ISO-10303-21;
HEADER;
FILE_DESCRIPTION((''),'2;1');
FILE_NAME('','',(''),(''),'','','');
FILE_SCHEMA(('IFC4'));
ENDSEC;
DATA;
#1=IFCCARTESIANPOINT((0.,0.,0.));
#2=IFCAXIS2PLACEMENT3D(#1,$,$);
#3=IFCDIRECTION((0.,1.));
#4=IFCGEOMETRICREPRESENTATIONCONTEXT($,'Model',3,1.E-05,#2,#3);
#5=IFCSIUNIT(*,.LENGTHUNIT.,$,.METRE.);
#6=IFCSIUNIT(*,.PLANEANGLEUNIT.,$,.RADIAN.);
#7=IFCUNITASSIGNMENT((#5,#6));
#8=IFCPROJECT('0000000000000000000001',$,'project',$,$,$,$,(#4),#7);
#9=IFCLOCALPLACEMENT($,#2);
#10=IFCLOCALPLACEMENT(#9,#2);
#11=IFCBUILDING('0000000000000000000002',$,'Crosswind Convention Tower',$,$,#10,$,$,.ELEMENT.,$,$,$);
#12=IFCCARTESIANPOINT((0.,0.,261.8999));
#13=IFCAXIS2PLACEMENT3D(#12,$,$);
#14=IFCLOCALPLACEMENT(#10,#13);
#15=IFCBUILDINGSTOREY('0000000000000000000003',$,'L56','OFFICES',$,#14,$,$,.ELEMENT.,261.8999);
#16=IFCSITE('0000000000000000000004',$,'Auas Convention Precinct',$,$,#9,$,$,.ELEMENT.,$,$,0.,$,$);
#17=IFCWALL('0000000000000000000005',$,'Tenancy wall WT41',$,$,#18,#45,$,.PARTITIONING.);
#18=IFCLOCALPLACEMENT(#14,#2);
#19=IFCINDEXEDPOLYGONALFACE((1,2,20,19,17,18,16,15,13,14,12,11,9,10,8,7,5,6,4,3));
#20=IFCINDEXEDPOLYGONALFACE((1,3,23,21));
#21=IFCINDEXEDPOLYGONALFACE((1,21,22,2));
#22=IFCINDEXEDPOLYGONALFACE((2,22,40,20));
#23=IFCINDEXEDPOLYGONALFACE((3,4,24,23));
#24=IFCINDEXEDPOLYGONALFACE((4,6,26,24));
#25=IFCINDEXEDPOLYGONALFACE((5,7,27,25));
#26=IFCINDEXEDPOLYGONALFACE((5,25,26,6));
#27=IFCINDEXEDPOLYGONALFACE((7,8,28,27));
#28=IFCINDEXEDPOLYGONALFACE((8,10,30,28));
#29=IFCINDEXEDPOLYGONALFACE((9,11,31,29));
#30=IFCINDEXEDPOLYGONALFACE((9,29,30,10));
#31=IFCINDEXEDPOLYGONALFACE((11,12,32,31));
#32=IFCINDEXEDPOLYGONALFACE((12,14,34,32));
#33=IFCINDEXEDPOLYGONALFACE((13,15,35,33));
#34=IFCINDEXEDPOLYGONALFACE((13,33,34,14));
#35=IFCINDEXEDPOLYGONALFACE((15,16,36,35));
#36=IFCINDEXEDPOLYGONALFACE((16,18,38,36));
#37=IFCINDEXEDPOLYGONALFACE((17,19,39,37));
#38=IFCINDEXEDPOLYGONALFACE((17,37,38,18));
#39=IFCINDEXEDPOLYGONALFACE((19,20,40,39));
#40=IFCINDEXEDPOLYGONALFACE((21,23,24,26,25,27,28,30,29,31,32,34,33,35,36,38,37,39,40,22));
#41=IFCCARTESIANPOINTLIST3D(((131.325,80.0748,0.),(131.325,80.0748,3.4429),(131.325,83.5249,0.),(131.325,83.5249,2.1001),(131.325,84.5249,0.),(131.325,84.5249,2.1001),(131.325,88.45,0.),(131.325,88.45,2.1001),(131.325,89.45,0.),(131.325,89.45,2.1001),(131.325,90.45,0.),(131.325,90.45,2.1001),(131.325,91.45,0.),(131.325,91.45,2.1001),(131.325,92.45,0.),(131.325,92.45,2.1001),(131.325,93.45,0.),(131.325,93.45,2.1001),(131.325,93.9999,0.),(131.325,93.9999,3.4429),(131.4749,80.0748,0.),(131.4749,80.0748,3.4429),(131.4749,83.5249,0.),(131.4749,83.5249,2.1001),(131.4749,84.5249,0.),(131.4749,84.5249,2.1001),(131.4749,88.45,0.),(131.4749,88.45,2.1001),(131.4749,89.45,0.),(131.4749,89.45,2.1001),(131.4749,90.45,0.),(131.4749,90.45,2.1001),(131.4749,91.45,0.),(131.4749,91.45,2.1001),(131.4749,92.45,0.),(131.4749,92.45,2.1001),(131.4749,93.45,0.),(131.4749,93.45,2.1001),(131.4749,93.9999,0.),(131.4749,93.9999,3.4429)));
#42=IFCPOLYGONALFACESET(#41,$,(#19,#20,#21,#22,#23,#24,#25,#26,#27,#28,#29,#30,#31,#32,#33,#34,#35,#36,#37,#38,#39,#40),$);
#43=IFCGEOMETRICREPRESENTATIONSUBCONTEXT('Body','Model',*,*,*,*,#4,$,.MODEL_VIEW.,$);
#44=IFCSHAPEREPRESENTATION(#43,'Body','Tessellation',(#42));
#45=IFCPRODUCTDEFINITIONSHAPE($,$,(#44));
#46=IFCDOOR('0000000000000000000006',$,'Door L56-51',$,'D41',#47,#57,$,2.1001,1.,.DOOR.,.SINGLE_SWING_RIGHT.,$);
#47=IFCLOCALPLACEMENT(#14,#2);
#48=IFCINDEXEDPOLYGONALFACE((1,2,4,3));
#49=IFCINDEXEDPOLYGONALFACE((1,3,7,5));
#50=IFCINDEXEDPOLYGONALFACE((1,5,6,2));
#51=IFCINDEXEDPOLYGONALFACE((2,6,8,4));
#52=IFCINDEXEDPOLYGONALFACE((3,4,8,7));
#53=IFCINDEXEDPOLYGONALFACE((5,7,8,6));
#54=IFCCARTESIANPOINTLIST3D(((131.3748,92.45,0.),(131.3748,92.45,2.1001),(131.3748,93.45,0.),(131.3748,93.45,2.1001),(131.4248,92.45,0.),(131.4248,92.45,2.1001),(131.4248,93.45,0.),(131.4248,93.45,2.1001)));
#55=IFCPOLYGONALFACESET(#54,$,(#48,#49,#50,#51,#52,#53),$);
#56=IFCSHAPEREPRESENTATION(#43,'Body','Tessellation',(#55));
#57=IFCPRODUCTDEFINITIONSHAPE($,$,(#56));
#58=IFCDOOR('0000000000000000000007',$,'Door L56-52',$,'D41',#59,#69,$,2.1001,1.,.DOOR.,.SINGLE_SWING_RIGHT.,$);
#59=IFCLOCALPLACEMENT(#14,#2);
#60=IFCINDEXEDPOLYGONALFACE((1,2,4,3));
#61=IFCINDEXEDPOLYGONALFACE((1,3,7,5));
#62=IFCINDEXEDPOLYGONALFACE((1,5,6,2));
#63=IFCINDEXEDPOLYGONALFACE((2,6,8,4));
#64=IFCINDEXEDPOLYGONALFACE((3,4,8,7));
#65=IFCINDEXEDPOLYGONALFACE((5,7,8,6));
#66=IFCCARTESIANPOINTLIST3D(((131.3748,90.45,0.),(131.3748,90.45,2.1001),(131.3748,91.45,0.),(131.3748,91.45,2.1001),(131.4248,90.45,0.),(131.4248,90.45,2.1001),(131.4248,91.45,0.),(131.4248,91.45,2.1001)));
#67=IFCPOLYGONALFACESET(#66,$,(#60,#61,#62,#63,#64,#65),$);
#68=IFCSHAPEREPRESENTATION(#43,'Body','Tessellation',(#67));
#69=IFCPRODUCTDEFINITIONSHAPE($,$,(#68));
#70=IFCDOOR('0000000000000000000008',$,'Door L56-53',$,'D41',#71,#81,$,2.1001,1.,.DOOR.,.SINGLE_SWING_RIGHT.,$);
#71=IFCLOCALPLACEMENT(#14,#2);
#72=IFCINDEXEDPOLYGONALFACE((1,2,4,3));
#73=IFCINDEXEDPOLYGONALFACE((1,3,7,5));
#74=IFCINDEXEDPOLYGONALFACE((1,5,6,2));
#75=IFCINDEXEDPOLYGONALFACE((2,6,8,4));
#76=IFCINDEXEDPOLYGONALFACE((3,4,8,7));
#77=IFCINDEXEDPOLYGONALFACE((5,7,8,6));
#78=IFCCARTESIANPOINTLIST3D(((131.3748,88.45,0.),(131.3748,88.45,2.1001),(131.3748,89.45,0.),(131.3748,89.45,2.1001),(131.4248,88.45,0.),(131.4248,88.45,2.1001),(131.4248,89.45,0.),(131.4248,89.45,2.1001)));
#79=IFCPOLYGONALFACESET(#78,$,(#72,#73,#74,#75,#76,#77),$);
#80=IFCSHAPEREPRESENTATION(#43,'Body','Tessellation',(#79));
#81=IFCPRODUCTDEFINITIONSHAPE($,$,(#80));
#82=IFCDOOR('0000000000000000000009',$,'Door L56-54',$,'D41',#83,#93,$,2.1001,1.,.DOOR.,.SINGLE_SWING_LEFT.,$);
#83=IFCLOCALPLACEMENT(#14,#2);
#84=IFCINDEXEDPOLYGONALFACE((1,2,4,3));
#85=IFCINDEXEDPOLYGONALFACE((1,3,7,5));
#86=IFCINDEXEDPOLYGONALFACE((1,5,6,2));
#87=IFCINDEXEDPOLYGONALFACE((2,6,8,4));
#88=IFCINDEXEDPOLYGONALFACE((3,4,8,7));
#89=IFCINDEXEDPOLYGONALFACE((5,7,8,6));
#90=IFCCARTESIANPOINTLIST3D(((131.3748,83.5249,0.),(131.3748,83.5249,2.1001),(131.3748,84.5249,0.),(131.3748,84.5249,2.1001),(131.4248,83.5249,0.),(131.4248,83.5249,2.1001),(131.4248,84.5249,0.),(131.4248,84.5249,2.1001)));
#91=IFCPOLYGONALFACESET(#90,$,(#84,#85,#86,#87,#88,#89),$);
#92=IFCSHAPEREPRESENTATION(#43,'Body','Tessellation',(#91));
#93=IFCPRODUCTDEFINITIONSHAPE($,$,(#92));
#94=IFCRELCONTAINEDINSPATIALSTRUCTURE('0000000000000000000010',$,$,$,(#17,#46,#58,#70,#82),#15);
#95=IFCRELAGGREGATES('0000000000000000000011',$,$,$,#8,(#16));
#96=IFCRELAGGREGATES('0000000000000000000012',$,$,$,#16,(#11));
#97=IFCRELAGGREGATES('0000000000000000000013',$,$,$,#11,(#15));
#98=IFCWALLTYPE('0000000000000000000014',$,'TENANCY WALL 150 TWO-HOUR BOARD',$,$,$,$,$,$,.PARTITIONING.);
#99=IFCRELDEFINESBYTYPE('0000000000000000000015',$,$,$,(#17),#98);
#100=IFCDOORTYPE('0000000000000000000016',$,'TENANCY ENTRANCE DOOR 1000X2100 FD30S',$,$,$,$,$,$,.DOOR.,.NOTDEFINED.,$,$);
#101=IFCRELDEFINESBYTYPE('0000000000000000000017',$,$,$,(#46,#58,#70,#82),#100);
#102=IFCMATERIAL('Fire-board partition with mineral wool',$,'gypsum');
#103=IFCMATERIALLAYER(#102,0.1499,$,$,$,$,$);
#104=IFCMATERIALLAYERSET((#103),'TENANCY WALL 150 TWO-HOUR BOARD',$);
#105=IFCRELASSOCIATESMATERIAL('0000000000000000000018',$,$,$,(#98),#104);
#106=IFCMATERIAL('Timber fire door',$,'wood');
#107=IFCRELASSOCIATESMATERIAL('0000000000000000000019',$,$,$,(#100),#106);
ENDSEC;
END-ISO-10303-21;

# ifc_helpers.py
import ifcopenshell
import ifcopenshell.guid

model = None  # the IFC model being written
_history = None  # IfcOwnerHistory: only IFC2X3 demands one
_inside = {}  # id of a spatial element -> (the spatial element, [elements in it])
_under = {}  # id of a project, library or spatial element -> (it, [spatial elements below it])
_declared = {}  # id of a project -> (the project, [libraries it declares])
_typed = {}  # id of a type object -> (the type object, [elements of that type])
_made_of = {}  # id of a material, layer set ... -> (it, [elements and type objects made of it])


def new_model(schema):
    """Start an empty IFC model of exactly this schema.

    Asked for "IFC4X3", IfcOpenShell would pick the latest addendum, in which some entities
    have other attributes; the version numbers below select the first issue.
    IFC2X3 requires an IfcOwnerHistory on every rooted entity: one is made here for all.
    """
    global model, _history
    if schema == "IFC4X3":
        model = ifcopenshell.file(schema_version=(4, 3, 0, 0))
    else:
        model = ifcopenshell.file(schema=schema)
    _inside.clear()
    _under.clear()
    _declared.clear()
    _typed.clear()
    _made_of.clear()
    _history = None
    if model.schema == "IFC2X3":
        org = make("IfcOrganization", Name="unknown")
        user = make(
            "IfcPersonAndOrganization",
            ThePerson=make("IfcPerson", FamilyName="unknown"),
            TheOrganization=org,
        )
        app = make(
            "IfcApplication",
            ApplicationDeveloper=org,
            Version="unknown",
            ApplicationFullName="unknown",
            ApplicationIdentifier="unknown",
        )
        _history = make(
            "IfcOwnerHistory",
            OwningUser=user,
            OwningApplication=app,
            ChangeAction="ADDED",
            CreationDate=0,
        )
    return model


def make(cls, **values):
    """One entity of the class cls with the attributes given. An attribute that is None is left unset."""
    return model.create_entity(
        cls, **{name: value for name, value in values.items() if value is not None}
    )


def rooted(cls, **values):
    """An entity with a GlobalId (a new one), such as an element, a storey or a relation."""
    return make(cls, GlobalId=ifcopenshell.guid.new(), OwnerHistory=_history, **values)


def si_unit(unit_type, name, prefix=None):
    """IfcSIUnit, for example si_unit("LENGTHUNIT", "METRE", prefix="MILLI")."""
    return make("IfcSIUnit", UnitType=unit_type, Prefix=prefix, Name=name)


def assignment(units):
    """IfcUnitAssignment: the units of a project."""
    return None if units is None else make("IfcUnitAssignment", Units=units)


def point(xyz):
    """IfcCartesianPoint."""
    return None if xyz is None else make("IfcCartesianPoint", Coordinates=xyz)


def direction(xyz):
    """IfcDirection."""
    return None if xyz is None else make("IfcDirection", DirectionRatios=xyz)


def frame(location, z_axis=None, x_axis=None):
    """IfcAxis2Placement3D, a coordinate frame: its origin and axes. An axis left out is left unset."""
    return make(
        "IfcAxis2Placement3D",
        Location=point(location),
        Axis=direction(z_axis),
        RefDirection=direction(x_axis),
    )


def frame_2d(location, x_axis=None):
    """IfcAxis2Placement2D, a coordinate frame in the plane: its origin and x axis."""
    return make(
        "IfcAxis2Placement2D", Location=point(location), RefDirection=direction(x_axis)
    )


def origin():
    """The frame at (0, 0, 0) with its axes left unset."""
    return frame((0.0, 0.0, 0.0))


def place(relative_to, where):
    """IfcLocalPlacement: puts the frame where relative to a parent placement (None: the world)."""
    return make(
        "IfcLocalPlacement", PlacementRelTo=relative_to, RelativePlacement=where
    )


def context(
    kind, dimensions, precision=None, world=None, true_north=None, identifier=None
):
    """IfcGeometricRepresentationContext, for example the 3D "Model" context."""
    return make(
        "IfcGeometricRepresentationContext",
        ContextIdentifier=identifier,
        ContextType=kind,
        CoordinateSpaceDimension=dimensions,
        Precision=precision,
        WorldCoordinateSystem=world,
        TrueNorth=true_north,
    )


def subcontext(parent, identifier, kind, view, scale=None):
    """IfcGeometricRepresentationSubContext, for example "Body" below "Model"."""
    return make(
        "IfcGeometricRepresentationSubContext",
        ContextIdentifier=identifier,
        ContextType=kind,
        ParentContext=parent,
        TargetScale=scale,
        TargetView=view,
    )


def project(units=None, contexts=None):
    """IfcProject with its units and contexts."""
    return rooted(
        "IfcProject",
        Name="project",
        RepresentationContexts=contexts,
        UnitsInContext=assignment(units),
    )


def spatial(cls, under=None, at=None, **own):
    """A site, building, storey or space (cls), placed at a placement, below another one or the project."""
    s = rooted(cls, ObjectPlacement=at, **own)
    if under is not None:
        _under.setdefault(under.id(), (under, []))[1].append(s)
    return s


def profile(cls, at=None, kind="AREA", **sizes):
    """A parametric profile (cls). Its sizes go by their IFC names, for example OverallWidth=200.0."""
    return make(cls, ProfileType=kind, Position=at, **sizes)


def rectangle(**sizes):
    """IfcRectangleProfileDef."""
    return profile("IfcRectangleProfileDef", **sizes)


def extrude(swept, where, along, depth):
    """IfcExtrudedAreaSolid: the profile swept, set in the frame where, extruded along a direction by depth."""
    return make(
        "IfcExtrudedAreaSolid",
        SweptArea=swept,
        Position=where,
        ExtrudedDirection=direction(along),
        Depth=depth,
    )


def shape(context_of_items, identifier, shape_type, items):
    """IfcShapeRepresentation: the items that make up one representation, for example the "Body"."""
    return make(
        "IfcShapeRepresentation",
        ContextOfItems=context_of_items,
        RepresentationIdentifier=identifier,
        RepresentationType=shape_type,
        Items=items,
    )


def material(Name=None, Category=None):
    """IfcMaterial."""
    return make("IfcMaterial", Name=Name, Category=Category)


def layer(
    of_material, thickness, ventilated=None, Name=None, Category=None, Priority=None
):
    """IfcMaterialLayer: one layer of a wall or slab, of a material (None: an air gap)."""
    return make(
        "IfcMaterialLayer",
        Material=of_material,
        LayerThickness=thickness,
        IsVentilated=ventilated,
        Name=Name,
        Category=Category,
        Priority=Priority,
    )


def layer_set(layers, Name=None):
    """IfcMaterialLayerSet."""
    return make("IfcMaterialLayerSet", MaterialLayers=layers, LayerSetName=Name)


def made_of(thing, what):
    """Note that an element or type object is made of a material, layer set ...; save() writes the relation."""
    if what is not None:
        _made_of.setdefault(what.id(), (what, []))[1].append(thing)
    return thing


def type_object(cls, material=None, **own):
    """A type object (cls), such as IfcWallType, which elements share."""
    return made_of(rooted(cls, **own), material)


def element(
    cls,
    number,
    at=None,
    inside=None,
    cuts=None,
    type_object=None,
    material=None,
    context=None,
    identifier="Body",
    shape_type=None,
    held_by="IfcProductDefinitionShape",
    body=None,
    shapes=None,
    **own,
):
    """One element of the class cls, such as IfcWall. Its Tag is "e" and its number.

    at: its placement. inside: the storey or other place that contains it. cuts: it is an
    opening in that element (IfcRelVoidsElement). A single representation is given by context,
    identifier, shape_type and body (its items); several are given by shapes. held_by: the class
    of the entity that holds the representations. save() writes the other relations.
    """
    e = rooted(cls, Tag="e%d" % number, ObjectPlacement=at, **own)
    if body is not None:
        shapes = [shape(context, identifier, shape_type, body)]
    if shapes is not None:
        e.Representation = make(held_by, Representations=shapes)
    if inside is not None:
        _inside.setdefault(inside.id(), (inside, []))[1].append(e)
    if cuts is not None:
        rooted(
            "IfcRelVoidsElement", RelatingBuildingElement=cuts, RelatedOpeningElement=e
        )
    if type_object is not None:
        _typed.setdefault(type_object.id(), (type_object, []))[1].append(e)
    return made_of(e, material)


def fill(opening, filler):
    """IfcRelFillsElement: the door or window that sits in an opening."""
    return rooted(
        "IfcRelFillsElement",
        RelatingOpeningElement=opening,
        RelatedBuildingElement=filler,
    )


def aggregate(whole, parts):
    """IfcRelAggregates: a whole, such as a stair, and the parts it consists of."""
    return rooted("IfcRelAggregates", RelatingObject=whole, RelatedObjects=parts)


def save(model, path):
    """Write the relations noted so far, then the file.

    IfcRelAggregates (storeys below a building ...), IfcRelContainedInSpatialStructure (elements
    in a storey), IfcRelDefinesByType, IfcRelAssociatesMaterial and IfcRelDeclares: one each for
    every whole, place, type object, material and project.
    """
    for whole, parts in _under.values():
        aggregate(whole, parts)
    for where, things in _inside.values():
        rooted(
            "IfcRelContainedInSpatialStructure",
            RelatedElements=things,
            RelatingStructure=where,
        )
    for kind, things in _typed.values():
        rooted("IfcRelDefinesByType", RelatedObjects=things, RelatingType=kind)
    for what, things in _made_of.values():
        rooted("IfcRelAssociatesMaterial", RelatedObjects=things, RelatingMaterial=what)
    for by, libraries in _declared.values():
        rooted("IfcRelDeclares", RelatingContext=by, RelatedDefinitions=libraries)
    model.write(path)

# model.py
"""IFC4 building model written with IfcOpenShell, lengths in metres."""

from ifc_helpers import new_model, si_unit, direction, frame, frame_2d, origin, place, context, subcontext, project, spatial, rectangle, extrude, material, layer, layer_set, type_object, element, fill, save


model = new_model("IFC4")

# Units and contexts
model_context = context("Model", 3, precision=1e-05, world=origin(), true_north=direction((0.0, 1.0)))
body_context = subcontext(model_context, "Body", "Model", "MODEL_VIEW")
ifc_project = project(units=[si_unit("LENGTHUNIT", "METRE"), si_unit("PLANEANGLEUNIT", "RADIAN")], contexts=[model_context])

# Site, building, storey
site_placement = place(None, origin())
site = spatial("IfcSite", under=ifc_project, at=site_placement, Name="Auas Convention Precinct", CompositionType="ELEMENT", RefElevation=0.0)
building_placement = place(site_placement, origin())
building = spatial("IfcBuilding", under=site, at=building_placement, Name="Crosswind Convention Tower", CompositionType="ELEMENT")
storey_placement = place(building_placement, frame((0.0, 0.0, 261.8999)))
storey = spatial("IfcBuildingStorey", under=building, at=storey_placement, Name="L56", Description="OFFICES", CompositionType="ELEMENT", Elevation=261.8999)

# Wall, openings, doors
ifc_material_1 = material(Name="Fire-board partition with mineral wool", Category="gypsum")
ifc_layer_1 = layer(ifc_material_1, 0.1499)
ifc_layer_set_1 = layer_set([ifc_layer_1], Name="TENANCY WALL 150 TWO-HOUR BOARD")
wall_type_1 = type_object("IfcWallType", Name="TENANCY WALL 150 TWO-HOUR BOARD", PredefinedType="PARTITIONING", material=ifc_layer_set_1)
wall_1_placement = place(storey_placement, frame((131.3999, 80.075, 0.0), z_axis=(0.0, 0.0, 1.0), x_axis=(0.0, 1.0, 0.0)))
wall_1 = element("IfcWall", 1, at=wall_1_placement, inside=storey, type_object=wall_type_1, Name="Tenancy wall WT41", PredefinedType="PARTITIONING", context=body_context, shape_type="SweptSolid", body=[
    extrude(rectangle(XDim=13.925, YDim=0.1499, at=frame_2d((6.9624, 0.0))), origin(), (0.0, 0.0, 1.0), 3.4429),
])
opening_1_placement = place(wall_1_placement, frame((12.375, 0.0, 0.0)))
opening_1 = element("IfcOpeningElement", 2, at=opening_1_placement, cuts=wall_1, PredefinedType="OPENING", context=body_context, shape_type="SweptSolid", body=[
    extrude(rectangle(XDim=1.0, YDim=2.1001, at=frame_2d((0.5, 1.05))), frame((0.0, 0.085, 0.0), z_axis=(0.0, -1.0, 0.0), x_axis=(1.0, 0.0, 0.0)), (0.0, 0.0, 1.0), 0.1699),
])
opening_2_placement = place(wall_1_placement, frame((10.375, 0.0, 0.0)))
opening_2 = element("IfcOpeningElement", 3, at=opening_2_placement, cuts=wall_1, PredefinedType="OPENING", context=body_context, shape_type="SweptSolid", body=[
    extrude(rectangle(XDim=1.0, YDim=2.1001, at=frame_2d((0.5, 1.05))), frame((0.0, 0.085, 0.0), z_axis=(0.0, -1.0, 0.0), x_axis=(1.0, 0.0, 0.0)), (0.0, 0.0, 1.0), 0.1699),
])
opening_3_placement = place(wall_1_placement, frame((8.375, 0.0, 0.0)))
opening_3 = element("IfcOpeningElement", 4, at=opening_3_placement, cuts=wall_1, PredefinedType="OPENING", context=body_context, shape_type="SweptSolid", body=[
    extrude(rectangle(XDim=1.0, YDim=2.1001, at=frame_2d((0.5, 1.05))), frame((0.0, 0.085, 0.0), z_axis=(0.0, -1.0, 0.0), x_axis=(1.0, 0.0, 0.0)), (0.0, 0.0, 1.0), 0.1699),
])
opening_4_placement = place(wall_1_placement, frame((3.45, 0.0, 0.0)))
opening_4 = element("IfcOpeningElement", 5, at=opening_4_placement, cuts=wall_1, PredefinedType="OPENING", context=body_context, shape_type="SweptSolid", body=[
    extrude(rectangle(XDim=1.0, YDim=2.1001, at=frame_2d((0.5, 1.05))), frame((0.0, 0.085, 0.0), z_axis=(0.0, -1.0, 0.0), x_axis=(1.0, 0.0, 0.0)), (0.0, 0.0, 1.0), 0.1699),
])
ifc_material_2 = material(Name="Timber fire door", Category="wood")
door_type = type_object("IfcDoorType", Name="TENANCY ENTRANCE DOOR 1000X2100 FD30S", OperationType="NOTDEFINED", PredefinedType="DOOR", material=ifc_material_2)
door_1_placement = place(opening_1_placement, frame((1.0, 0.0, 0.0), z_axis=(0.0, 0.0, 1.0), x_axis=(-1.0, 0.0, 0.0)))
door_1 = element("IfcDoor", 6, at=door_1_placement, inside=storey, type_object=door_type, Name="Door L56-51", ObjectType="D41", OperationType="SINGLE_SWING_RIGHT", OverallHeight=2.1001, OverallWidth=1.0, PredefinedType="DOOR", context=body_context, shape_type="SweptSolid", body=[
    extrude(rectangle(XDim=1.0, YDim=2.1001, at=frame_2d((0.5, 1.05))), frame((0.0, 0.0249, 0.0), z_axis=(0.0, -1.0, 0.0), x_axis=(1.0, 0.0, 0.0)), (0.0, 0.0, 1.0), 0.05),
])
fill(opening_1, door_1)
door_2_placement = place(opening_2_placement, frame((1.0, 0.0, 0.0), z_axis=(0.0, 0.0, 1.0), x_axis=(-1.0, 0.0, 0.0)))
door_2 = element("IfcDoor", 7, at=door_2_placement, inside=storey, type_object=door_type, Name="Door L56-52", ObjectType="D41", OperationType="SINGLE_SWING_RIGHT", OverallHeight=2.1001, OverallWidth=1.0, PredefinedType="DOOR", context=body_context, shape_type="SweptSolid", body=[
    extrude(rectangle(XDim=1.0, YDim=2.1001, at=frame_2d((0.5, 1.05))), frame((0.0, 0.0249, 0.0), z_axis=(0.0, -1.0, 0.0), x_axis=(1.0, 0.0, 0.0)), (0.0, 0.0, 1.0), 0.05),
])
fill(opening_2, door_2)
door_3_placement = place(opening_3_placement, frame((1.0, 0.0, 0.0), z_axis=(0.0, 0.0, 1.0), x_axis=(-1.0, 0.0, 0.0)))
door_3 = element("IfcDoor", 8, at=door_3_placement, inside=storey, type_object=door_type, Name="Door L56-53", ObjectType="D41", OperationType="SINGLE_SWING_RIGHT", OverallHeight=2.1001, OverallWidth=1.0, PredefinedType="DOOR", context=body_context, shape_type="SweptSolid", body=[
    extrude(rectangle(XDim=1.0, YDim=2.1001, at=frame_2d((0.5, 1.05))), frame((0.0, 0.0249, 0.0), z_axis=(0.0, -1.0, 0.0), x_axis=(1.0, 0.0, 0.0)), (0.0, 0.0, 1.0), 0.05),
])
fill(opening_3, door_3)
door_4_placement = place(opening_4_placement, frame((1.0, 0.0, 0.0), z_axis=(0.0, 0.0, 1.0), x_axis=(-1.0, 0.0, 0.0)))
door_4 = element("IfcDoor", 9, at=door_4_placement, inside=storey, type_object=door_type, Name="Door L56-54", ObjectType="D41", OperationType="SINGLE_SWING_LEFT", OverallHeight=2.1001, OverallWidth=1.0, PredefinedType="DOOR", context=body_context, shape_type="SweptSolid", body=[
    extrude(rectangle(XDim=1.0, YDim=2.1001, at=frame_2d((0.5, 1.05))), frame((0.0, 0.0249, 0.0), z_axis=(0.0, -1.0, 0.0), x_axis=(1.0, 0.0, 0.0)), (0.0, 0.0, 1.0), 0.05),
])
fill(opening_4, door_4)

save(model, "model.ifc")
